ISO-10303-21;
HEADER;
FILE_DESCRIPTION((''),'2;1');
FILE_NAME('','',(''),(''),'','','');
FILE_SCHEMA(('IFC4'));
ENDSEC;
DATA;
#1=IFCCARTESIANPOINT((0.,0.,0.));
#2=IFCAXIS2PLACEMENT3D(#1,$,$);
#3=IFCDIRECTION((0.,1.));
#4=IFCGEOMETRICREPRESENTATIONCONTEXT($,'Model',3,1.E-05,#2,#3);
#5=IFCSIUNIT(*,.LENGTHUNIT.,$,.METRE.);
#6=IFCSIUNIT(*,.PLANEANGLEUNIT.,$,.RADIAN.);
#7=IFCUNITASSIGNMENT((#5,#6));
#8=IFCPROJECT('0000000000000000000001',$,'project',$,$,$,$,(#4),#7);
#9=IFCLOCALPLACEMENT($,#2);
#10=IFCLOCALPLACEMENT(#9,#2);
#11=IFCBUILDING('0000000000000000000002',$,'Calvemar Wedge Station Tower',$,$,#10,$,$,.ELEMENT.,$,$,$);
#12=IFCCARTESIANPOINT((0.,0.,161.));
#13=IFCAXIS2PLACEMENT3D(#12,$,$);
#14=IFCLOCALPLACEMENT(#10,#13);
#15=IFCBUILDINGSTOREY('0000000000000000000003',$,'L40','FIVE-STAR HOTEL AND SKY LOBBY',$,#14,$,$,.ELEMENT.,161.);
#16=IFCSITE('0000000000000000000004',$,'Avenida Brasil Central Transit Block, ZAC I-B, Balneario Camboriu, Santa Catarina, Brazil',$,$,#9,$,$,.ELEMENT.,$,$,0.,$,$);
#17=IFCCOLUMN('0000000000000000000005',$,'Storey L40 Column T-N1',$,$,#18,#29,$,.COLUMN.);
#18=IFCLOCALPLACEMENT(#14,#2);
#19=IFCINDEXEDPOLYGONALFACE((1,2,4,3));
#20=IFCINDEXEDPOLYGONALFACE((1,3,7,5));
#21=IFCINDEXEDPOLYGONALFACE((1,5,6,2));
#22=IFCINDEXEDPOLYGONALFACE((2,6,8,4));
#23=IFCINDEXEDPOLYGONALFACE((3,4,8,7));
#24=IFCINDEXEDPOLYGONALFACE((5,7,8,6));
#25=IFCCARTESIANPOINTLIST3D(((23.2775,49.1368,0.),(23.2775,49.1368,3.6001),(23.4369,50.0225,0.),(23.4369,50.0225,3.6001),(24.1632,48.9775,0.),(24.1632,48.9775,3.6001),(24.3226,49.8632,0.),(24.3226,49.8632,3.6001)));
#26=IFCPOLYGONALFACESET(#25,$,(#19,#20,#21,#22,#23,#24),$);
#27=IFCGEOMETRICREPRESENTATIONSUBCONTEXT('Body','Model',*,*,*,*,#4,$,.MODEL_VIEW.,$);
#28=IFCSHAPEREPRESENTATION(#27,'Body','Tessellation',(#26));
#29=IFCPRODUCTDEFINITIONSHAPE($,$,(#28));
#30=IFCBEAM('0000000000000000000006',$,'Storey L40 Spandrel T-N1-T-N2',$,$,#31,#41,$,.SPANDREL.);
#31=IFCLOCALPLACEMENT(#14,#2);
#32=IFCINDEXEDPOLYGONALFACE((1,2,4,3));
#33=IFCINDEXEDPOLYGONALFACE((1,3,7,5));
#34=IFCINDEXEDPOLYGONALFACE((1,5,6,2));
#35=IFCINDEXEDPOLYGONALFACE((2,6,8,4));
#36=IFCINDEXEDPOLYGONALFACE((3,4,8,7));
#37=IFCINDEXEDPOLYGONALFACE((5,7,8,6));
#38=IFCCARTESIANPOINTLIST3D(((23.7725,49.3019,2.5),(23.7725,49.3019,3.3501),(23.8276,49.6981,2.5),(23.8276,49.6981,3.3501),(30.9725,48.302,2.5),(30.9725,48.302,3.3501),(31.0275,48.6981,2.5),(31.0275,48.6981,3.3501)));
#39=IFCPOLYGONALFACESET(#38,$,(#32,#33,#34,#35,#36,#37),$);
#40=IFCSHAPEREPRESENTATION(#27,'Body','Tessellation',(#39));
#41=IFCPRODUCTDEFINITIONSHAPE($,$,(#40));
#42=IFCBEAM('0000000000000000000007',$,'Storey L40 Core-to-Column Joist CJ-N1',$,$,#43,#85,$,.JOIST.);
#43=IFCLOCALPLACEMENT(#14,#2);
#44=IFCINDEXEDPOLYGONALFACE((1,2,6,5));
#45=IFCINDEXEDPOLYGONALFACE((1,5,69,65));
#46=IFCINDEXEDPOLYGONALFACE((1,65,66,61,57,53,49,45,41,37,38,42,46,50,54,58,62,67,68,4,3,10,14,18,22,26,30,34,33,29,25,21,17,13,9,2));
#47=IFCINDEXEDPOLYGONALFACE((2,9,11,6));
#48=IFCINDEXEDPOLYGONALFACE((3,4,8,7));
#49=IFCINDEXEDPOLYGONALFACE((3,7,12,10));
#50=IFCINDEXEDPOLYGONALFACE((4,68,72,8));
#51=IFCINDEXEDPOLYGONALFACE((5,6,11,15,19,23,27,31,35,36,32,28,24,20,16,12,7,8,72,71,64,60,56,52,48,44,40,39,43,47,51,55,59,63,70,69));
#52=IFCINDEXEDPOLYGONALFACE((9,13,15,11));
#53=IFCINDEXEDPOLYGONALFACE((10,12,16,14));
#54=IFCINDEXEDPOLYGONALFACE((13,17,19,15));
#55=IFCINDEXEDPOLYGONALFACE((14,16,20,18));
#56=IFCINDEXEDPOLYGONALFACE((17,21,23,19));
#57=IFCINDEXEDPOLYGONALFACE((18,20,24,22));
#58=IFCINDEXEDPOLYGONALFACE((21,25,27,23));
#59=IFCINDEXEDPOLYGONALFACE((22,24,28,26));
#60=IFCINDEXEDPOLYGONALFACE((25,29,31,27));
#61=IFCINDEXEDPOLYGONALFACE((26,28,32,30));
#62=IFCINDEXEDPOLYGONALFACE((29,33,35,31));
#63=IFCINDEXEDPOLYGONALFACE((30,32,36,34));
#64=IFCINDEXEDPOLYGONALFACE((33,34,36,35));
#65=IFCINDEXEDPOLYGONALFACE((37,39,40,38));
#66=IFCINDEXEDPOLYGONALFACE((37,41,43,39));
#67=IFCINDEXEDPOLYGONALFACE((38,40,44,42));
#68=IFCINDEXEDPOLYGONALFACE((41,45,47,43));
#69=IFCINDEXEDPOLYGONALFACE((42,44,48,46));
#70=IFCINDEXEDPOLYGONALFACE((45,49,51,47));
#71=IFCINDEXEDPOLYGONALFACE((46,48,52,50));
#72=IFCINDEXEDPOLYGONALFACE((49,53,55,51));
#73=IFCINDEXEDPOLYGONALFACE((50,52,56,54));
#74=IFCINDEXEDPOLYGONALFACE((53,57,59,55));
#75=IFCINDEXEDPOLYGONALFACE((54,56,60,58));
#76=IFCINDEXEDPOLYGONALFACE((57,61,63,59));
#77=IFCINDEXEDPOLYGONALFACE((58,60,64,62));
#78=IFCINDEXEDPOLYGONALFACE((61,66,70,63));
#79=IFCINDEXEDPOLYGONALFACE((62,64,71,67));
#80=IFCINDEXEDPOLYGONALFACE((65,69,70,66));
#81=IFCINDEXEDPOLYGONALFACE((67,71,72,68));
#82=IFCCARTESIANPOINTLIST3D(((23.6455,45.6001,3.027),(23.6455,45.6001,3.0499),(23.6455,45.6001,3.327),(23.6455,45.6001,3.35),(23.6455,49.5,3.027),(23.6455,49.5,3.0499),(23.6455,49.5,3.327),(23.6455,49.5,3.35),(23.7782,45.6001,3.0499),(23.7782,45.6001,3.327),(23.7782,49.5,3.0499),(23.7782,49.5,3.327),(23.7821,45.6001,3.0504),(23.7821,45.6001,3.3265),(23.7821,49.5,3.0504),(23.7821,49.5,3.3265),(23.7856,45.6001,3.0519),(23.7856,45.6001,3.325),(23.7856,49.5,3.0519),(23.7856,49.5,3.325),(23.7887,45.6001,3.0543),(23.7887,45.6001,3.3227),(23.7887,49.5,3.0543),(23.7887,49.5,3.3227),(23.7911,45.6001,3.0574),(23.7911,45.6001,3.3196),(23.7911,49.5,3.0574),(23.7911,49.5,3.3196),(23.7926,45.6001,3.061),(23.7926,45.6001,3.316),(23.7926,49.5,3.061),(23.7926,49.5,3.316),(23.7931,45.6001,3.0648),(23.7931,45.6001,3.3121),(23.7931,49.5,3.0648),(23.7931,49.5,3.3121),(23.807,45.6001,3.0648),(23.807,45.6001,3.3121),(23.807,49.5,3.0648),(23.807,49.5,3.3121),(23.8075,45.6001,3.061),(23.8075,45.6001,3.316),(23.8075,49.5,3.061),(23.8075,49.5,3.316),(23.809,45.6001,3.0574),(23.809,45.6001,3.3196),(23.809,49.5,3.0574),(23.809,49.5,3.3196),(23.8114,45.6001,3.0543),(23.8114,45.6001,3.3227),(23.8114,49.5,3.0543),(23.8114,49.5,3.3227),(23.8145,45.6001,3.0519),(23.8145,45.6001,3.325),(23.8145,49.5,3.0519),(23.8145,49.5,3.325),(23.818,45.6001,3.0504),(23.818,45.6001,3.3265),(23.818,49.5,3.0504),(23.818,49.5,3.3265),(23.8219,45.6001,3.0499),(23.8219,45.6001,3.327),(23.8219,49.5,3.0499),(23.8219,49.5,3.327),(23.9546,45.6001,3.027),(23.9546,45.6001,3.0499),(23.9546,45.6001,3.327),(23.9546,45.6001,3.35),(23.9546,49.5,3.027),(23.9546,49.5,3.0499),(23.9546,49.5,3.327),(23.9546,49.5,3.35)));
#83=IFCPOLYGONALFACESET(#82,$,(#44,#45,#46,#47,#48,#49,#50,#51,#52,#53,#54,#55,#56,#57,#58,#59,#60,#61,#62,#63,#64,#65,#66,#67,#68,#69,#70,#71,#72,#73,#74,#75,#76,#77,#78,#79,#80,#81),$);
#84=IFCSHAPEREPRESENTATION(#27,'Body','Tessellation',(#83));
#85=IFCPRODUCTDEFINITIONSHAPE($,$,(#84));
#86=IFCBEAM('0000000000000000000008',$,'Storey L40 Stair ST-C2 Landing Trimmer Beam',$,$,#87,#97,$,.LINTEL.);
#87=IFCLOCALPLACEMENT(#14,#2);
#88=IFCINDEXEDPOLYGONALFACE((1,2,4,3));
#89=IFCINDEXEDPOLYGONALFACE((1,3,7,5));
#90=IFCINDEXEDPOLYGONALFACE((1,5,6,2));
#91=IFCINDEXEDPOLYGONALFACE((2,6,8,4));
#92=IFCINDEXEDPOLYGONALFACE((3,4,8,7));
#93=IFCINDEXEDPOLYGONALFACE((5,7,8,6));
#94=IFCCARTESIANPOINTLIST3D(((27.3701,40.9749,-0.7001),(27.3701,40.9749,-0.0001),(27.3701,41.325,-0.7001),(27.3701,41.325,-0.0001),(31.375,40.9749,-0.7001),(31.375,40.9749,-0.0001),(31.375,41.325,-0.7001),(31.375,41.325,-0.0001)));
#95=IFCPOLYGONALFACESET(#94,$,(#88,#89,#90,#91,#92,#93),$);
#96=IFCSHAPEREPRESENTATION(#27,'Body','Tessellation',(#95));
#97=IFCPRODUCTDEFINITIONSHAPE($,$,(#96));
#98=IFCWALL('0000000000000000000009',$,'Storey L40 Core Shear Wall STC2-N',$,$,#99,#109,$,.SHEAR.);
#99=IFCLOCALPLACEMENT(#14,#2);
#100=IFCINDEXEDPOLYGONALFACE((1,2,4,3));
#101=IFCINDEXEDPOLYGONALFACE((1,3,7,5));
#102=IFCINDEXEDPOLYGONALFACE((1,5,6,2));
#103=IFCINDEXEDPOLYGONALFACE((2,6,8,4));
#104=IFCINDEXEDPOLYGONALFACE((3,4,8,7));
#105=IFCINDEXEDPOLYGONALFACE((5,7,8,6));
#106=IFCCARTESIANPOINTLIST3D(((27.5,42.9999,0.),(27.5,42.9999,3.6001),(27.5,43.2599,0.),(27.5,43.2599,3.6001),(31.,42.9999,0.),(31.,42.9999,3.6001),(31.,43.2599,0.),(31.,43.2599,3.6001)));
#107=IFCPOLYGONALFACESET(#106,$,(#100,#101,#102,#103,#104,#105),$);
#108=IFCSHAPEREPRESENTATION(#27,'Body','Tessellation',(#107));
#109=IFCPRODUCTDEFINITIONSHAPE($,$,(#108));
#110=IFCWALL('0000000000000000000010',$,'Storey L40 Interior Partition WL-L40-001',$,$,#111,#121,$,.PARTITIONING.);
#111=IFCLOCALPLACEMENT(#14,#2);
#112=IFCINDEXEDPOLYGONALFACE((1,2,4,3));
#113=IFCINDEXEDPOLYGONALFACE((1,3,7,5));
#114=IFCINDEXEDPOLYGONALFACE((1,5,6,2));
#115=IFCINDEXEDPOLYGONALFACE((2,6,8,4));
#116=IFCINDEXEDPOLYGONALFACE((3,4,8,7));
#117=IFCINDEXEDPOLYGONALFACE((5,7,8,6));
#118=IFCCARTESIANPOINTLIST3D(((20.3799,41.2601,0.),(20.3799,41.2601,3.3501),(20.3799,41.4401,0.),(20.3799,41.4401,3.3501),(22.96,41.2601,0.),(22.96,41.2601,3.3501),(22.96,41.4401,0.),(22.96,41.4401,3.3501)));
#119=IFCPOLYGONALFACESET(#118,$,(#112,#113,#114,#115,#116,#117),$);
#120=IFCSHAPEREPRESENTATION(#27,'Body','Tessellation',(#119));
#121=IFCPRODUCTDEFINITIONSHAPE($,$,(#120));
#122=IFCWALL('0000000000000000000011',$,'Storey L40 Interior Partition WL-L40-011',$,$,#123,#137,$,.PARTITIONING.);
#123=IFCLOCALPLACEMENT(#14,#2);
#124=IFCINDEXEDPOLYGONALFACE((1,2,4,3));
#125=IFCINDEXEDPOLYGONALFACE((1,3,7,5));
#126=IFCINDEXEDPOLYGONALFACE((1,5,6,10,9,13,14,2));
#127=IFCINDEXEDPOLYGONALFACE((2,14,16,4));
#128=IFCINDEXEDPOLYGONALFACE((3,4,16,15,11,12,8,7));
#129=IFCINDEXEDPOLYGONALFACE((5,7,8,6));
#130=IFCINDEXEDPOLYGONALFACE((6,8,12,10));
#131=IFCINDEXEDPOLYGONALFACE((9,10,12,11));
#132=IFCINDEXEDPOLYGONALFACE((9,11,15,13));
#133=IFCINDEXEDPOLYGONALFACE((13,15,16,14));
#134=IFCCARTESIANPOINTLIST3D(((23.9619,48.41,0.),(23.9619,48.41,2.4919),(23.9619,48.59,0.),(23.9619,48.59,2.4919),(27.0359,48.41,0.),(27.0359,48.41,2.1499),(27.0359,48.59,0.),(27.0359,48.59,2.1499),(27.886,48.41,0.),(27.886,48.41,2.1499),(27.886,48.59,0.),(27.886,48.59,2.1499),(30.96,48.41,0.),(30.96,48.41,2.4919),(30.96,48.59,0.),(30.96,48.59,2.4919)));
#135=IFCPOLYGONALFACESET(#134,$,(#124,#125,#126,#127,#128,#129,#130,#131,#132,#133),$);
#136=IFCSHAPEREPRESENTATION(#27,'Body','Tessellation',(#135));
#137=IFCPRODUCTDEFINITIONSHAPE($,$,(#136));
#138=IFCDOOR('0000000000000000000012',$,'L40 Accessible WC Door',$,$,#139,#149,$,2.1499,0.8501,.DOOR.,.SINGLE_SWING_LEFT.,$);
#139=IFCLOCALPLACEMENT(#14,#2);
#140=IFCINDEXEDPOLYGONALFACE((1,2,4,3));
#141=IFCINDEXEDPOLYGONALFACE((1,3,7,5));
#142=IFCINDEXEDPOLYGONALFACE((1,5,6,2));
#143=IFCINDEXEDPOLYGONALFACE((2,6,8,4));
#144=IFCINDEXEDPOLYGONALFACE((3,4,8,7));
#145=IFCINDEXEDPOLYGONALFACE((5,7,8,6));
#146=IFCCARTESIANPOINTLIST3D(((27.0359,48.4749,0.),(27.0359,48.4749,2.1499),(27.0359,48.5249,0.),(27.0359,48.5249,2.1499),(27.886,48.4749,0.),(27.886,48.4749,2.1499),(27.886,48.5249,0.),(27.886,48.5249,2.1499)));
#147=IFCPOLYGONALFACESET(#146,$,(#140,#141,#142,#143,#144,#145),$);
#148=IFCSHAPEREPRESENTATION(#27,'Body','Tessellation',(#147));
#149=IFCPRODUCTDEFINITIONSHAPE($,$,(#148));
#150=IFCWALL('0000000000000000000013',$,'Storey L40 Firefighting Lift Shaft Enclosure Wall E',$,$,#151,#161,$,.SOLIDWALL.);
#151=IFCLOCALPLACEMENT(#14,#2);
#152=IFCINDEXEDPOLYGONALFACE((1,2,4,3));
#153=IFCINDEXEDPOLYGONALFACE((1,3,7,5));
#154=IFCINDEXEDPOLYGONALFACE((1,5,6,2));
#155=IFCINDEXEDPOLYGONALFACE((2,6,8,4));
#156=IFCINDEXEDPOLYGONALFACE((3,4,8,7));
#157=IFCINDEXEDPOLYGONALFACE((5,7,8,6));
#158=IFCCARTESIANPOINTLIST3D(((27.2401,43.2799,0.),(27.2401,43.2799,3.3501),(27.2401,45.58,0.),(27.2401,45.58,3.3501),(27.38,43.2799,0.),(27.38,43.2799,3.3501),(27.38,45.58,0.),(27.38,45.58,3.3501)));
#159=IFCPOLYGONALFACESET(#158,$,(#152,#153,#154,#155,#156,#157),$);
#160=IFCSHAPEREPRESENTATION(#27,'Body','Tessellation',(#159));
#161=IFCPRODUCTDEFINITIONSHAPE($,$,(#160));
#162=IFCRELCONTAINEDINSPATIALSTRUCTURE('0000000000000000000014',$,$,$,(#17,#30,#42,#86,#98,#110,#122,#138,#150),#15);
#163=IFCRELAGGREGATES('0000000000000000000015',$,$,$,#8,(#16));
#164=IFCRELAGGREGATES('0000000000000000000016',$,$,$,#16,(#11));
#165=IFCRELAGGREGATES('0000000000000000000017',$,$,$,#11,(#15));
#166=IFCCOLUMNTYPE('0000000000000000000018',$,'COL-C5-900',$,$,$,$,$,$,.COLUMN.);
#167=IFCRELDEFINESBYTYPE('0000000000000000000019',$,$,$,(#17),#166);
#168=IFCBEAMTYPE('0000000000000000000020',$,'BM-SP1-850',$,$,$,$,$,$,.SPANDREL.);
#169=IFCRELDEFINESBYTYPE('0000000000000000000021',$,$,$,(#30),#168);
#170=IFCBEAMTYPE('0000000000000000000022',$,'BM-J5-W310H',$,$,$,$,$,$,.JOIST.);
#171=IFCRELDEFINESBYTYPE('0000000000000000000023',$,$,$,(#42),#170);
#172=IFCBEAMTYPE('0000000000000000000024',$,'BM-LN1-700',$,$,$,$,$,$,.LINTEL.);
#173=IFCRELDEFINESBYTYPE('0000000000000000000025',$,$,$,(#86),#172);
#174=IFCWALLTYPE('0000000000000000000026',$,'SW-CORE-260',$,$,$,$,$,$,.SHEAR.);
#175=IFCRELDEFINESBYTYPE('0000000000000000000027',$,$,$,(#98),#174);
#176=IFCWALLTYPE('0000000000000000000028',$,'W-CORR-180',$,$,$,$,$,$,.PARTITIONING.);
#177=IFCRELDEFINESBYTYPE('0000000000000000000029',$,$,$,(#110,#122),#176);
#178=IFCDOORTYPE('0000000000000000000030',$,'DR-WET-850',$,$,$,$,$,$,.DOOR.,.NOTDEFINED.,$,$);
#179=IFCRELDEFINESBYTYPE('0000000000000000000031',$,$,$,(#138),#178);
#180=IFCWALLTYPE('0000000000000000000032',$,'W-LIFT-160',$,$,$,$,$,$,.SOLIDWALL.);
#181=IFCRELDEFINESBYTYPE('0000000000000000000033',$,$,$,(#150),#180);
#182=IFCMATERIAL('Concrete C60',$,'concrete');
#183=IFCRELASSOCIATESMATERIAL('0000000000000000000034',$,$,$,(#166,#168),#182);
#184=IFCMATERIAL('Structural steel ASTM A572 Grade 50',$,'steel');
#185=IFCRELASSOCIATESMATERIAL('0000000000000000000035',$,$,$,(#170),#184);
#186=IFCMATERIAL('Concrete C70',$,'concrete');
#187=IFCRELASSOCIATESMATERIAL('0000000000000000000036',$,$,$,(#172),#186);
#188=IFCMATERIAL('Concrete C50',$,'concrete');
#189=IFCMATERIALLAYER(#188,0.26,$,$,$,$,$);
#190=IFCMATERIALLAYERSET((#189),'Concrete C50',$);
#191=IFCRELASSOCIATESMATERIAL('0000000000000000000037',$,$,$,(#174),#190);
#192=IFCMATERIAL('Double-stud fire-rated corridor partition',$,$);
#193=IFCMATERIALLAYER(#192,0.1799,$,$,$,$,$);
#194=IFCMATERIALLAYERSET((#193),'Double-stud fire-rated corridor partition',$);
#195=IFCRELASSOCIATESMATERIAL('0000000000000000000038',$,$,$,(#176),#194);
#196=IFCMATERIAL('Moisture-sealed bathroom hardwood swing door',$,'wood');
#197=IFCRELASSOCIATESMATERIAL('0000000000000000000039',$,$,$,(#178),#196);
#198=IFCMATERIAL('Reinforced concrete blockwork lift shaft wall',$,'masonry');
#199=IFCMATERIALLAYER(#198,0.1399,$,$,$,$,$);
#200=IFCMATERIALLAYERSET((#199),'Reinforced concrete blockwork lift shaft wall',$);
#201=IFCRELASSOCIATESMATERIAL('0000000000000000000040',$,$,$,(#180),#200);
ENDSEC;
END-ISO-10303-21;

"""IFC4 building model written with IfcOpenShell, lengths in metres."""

from ifc_helpers import new_model, si_unit, direction, frame, frame_2d, origin, origin_2d, place, context, subcontext, project, spatial, rectangle, i_section, extrude, source, transform, mapped, material, layer, layer_set, material_profile, profile_set, type_object, element, fill, save


model = new_model("IFC4")

# Units and contexts
model_context = context("Model", 3, precision=1e-05, world=origin(), true_north=direction((0.0, 1.0)))
body_context = subcontext(model_context, "Body", "Model", "MODEL_VIEW")
ifc_project = project(units=[si_unit("LENGTHUNIT", "METRE"), si_unit("PLANEANGLEUNIT", "RADIAN")], contexts=[model_context])

# Site, building, storey
site_placement = place(None, origin())
site = spatial("IfcSite", under=ifc_project, at=site_placement, Name="Avenida Brasil Central Transit Block, ZAC I-B, Balneario Camboriu, Santa Catarina, Brazil", CompositionType="ELEMENT", RefElevation=0.0)
building_placement = place(site_placement, origin())
building = spatial("IfcBuilding", under=site, at=building_placement, Name="Calvemar Wedge Station Tower", CompositionType="ELEMENT")
storey_placement = place(building_placement, frame((0.0, 0.0, 161.0)))
storey = spatial("IfcBuildingStorey", under=building, at=storey_placement, Name="L40", Description="FIVE-STAR HOTEL AND SKY LOBBY", CompositionType="ELEMENT", Elevation=161.0)

# Column
ifc_material_1 = material(Name="Concrete C60", Category="concrete")
ifc_material_profile_1 = material_profile(ifc_material_1, rectangle(XDim=0.8999, YDim=0.8999, at=origin_2d()), Name="RC900x900")
ifc_profile_set_1 = profile_set([ifc_material_profile_1], Name="Concrete C60")
column_type = type_object("IfcColumnType", Name="COL-C5-900", PredefinedType="COLUMN", material=ifc_profile_set_1)
shared_shape_1 = source(origin(), body_context, "Body", "SweptSolid", [
    extrude(rectangle(XDim=0.8999, YDim=0.8999, at=origin_2d()), origin(), (0.0, 0.0, 1.0), 3.6001),
])
column_placement = place(storey_placement, frame((23.8, 49.5, 0.0), z_axis=(0.0, 0.0, 1.0), x_axis=(0.984196, -0.177085, 0.0)))
element("IfcColumn", 1, at=column_placement, inside=storey, type_object=column_type, Name="Storey L40 Column T-N1", PredefinedType="COLUMN", context=body_context, shape_type="MappedRepresentation", body=[
    mapped(shared_shape_1, transform((0.0, 0.0, 0.0), scale=1.0)),
])

# Beams
ifc_material_profile_2 = material_profile(ifc_material_1, rectangle(XDim=0.3999, YDim=0.8501, at=origin_2d()), Name="RC400x850")
ifc_profile_set_2 = profile_set([ifc_material_profile_2], Name="Concrete C60")
beam_type_1 = type_object("IfcBeamType", Name="BM-SP1-850", PredefinedType="SPANDREL", material=ifc_profile_set_2)
shared_shape_2 = source(origin(), body_context, "Body", "SweptSolid", [
    extrude(rectangle(XDim=0.3999, YDim=0.8501, at=origin_2d()), origin(), (0.0, 0.0, 1.0), 7.269),
])
beam_1_placement = place(storey_placement, frame((23.8, 49.5, 2.925), z_axis=(0.990492, -0.137569, 0.0), x_axis=(0.137569, 0.990492, 0.0)))
element("IfcBeam", 2, at=beam_1_placement, inside=storey, type_object=beam_type_1, Name="Storey L40 Spandrel T-N1-T-N2", PredefinedType="SPANDREL", context=body_context, shape_type="MappedRepresentation", body=[
    mapped(shared_shape_2, transform((0.0, 0.0, 0.0), scale=1.0)),
])
ifc_material_2 = material(Name="Structural steel ASTM A572 Grade 50", Category="steel")
ifc_material_profile_3 = material_profile(ifc_material_2, i_section(OverallWidth=0.3091, OverallDepth=0.323, WebThickness=0.0139, FlangeThickness=0.0229, FilletRadius=0.0149, at=origin_2d()), Name="W310x143")
ifc_profile_set_3 = profile_set([ifc_material_profile_3], Name="Structural steel ASTM A572 Grade 50")
beam_type_2 = type_object("IfcBeamType", Name="BM-J5-W310H", PredefinedType="JOIST", material=ifc_profile_set_3)
shared_shape_3 = source(origin(), body_context, "Body", "SweptSolid", [
    extrude(i_section(OverallWidth=0.3091, OverallDepth=0.323, WebThickness=0.0139, FlangeThickness=0.0229, FilletRadius=0.0149, at=origin_2d()), origin(), (0.0, 0.0, 1.0), 3.8999),
])
beam_2_placement = place(storey_placement, frame((23.8, 45.6001, 3.1885), z_axis=(0.0, 1.0, 0.0), x_axis=(-1.0, 0.0, 0.0)))
element("IfcBeam", 3, at=beam_2_placement, inside=storey, type_object=beam_type_2, Name="Storey L40 Core-to-Column Joist CJ-N1", PredefinedType="JOIST", context=body_context, shape_type="MappedRepresentation", body=[
    mapped(shared_shape_3, transform((0.0, 0.0, 0.0), scale=1.0)),
])
ifc_material_3 = material(Name="Concrete C70", Category="concrete")
ifc_material_profile_4 = material_profile(ifc_material_3, rectangle(XDim=0.3501, YDim=0.7, at=origin_2d()), Name="RC350x700")
ifc_profile_set_4 = profile_set([ifc_material_profile_4], Name="Concrete C70")
beam_type_3 = type_object("IfcBeamType", Name="BM-LN1-700", PredefinedType="LINTEL", material=ifc_profile_set_4)
shared_shape_4 = source(origin(), body_context, "Body", "SweptSolid", [
    extrude(rectangle(XDim=0.3501, YDim=0.7, at=origin_2d()), origin(), (0.0, 0.0, 1.0), 4.0049),
])
beam_3_placement = place(storey_placement, frame((27.3701, 41.1499, -0.3501), z_axis=(1.0, 0.0, 0.0), x_axis=(0.0, 1.0, 0.0)))
element("IfcBeam", 4, at=beam_3_placement, inside=storey, type_object=beam_type_3, Name="Storey L40 Stair ST-C2 Landing Trimmer Beam", PredefinedType="LINTEL", context=body_context, shape_type="MappedRepresentation", body=[
    mapped(shared_shape_4, transform((0.0, 0.0, 0.0), scale=1.0)),
])

# Walls
ifc_material_4 = material(Name="Concrete C50", Category="concrete")
ifc_layer_1 = layer(ifc_material_4, 0.26)
ifc_layer_set_1 = layer_set([ifc_layer_1], Name="Concrete C50")
wall_type_1 = type_object("IfcWallType", Name="SW-CORE-260", PredefinedType="SHEAR", material=ifc_layer_set_1)
wall_1_placement = place(storey_placement, frame((27.5, 43.1299, 0.0), z_axis=(0.0, 0.0, 1.0), x_axis=(1.0, 0.0, 0.0)))
element("IfcWall", 5, at=wall_1_placement, inside=storey, type_object=wall_type_1, Name="Storey L40 Core Shear Wall STC2-N", PredefinedType="SHEAR", context=body_context, shape_type="SweptSolid", body=[
    extrude(rectangle(XDim=3.5, YDim=0.26, at=frame_2d((1.75, 0.0))), origin(), (0.0, 0.0, 1.0), 3.6001),
])
ifc_material_5 = material(Name="Double-stud fire-rated corridor partition")
ifc_layer_2 = layer(ifc_material_5, 0.1799)
ifc_layer_set_2 = layer_set([ifc_layer_2], Name="Double-stud fire-rated corridor partition")
wall_type_2 = type_object("IfcWallType", Name="W-CORR-180", PredefinedType="PARTITIONING", material=ifc_layer_set_2)
wall_2_placement = place(storey_placement, frame((22.96, 41.3501, 0.0), z_axis=(0.0, 0.0, 1.0), x_axis=(-1.0, 0.0, 0.0)))
element("IfcWall", 6, at=wall_2_placement, inside=storey, type_object=wall_type_2, Name="Storey L40 Interior Partition WL-L40-001", PredefinedType="PARTITIONING", context=body_context, shape_type="SweptSolid", body=[
    extrude(rectangle(XDim=2.5801, YDim=0.1799, at=frame_2d((1.29, 0.0))), origin(), (0.0, 0.0, 1.0), 3.3501),
])

# Wall, opening, door
shared_shape_5 = source(origin(), body_context, "Body", "SweptSolid", [
    extrude(rectangle(XDim=0.8501, YDim=2.1499, at=frame_2d((0.425, 1.075))), frame((0.0, 0.1001, 0.0), z_axis=(0.0, -1.0, 0.0), x_axis=(1.0, 0.0, 0.0)), (0.0, 0.0, 1.0), 0.2),
])
wall_3_placement = place(storey_placement, frame((23.9619, 48.5, 0.0), z_axis=(0.0, 0.0, 1.0), x_axis=(1.0, 0.0, 0.0)))
wall_3 = element("IfcWall", 7, at=wall_3_placement, inside=storey, type_object=wall_type_2, Name="Storey L40 Interior Partition WL-L40-011", PredefinedType="PARTITIONING", context=body_context, shape_type="SweptSolid", body=[
    extrude(rectangle(XDim=6.998, YDim=0.1799, at=frame_2d((3.499, 0.0))), origin(), (0.0, 0.0, 1.0), 2.4919),
])
opening_1_placement = place(wall_3_placement, frame((3.074, 0.0, 0.0)))
opening_1 = element("IfcOpeningElement", 8, at=opening_1_placement, cuts=wall_3, PredefinedType="OPENING", context=body_context, shape_type="MappedRepresentation", body=[
    mapped(shared_shape_5, transform((0.0, 0.0, 0.0), scale=1.0)),
])
ifc_material_6 = material(Name="Moisture-sealed bathroom hardwood swing door", Category="wood")
door_type_1 = type_object("IfcDoorType", Name="DR-WET-850", OperationType="NOTDEFINED", PredefinedType="DOOR", material=ifc_material_6)
shared_shape_6 = source(origin(), body_context, "Body", "SweptSolid", [
    extrude(rectangle(XDim=0.8501, YDim=2.1499, at=frame_2d((0.425, 1.075))), frame((0.0, 0.0249, 0.0), z_axis=(0.0, -1.0, 0.0), x_axis=(1.0, 0.0, 0.0)), (0.0, 0.0, 1.0), 0.05),
])
door_1_placement = place(opening_1_placement, origin())
door_1 = element("IfcDoor", 9, at=door_1_placement, inside=storey, type_object=door_type_1, Name="L40 Accessible WC Door", OperationType="SINGLE_SWING_LEFT", OverallHeight=2.1499, OverallWidth=0.8501, PredefinedType="DOOR", context=body_context, shape_type="MappedRepresentation", body=[
    mapped(shared_shape_6, transform((0.0, 0.0, 0.0), scale=1.0)),
])
fill(opening_1, door_1)

# Wall
ifc_material_7 = material(Name="Reinforced concrete blockwork lift shaft wall", Category="masonry")
ifc_layer_3 = layer(ifc_material_7, 0.1399)
ifc_layer_set_3 = layer_set([ifc_layer_3], Name="Reinforced concrete blockwork lift shaft wall")
wall_type_3 = type_object("IfcWallType", Name="W-LIFT-160", PredefinedType="SOLIDWALL", material=ifc_layer_set_3)
wall_4_placement = place(storey_placement, frame((27.3101, 43.28, 0.0), z_axis=(0.0, 0.0, 1.0), x_axis=(0.0, 1.0, 0.0)))
element("IfcWall", 10, at=wall_4_placement, inside=storey, type_object=wall_type_3, Name="Storey L40 Firefighting Lift Shaft Enclosure Wall E", PredefinedType="SOLIDWALL", context=body_context, shape_type="SweptSolid", body=[
    extrude(rectangle(XDim=2.3, YDim=0.1399, at=frame_2d((1.1499, 0.0))), origin(), (0.0, 0.0, 1.0), 3.3501),
])

save(model, "model.ifc")
